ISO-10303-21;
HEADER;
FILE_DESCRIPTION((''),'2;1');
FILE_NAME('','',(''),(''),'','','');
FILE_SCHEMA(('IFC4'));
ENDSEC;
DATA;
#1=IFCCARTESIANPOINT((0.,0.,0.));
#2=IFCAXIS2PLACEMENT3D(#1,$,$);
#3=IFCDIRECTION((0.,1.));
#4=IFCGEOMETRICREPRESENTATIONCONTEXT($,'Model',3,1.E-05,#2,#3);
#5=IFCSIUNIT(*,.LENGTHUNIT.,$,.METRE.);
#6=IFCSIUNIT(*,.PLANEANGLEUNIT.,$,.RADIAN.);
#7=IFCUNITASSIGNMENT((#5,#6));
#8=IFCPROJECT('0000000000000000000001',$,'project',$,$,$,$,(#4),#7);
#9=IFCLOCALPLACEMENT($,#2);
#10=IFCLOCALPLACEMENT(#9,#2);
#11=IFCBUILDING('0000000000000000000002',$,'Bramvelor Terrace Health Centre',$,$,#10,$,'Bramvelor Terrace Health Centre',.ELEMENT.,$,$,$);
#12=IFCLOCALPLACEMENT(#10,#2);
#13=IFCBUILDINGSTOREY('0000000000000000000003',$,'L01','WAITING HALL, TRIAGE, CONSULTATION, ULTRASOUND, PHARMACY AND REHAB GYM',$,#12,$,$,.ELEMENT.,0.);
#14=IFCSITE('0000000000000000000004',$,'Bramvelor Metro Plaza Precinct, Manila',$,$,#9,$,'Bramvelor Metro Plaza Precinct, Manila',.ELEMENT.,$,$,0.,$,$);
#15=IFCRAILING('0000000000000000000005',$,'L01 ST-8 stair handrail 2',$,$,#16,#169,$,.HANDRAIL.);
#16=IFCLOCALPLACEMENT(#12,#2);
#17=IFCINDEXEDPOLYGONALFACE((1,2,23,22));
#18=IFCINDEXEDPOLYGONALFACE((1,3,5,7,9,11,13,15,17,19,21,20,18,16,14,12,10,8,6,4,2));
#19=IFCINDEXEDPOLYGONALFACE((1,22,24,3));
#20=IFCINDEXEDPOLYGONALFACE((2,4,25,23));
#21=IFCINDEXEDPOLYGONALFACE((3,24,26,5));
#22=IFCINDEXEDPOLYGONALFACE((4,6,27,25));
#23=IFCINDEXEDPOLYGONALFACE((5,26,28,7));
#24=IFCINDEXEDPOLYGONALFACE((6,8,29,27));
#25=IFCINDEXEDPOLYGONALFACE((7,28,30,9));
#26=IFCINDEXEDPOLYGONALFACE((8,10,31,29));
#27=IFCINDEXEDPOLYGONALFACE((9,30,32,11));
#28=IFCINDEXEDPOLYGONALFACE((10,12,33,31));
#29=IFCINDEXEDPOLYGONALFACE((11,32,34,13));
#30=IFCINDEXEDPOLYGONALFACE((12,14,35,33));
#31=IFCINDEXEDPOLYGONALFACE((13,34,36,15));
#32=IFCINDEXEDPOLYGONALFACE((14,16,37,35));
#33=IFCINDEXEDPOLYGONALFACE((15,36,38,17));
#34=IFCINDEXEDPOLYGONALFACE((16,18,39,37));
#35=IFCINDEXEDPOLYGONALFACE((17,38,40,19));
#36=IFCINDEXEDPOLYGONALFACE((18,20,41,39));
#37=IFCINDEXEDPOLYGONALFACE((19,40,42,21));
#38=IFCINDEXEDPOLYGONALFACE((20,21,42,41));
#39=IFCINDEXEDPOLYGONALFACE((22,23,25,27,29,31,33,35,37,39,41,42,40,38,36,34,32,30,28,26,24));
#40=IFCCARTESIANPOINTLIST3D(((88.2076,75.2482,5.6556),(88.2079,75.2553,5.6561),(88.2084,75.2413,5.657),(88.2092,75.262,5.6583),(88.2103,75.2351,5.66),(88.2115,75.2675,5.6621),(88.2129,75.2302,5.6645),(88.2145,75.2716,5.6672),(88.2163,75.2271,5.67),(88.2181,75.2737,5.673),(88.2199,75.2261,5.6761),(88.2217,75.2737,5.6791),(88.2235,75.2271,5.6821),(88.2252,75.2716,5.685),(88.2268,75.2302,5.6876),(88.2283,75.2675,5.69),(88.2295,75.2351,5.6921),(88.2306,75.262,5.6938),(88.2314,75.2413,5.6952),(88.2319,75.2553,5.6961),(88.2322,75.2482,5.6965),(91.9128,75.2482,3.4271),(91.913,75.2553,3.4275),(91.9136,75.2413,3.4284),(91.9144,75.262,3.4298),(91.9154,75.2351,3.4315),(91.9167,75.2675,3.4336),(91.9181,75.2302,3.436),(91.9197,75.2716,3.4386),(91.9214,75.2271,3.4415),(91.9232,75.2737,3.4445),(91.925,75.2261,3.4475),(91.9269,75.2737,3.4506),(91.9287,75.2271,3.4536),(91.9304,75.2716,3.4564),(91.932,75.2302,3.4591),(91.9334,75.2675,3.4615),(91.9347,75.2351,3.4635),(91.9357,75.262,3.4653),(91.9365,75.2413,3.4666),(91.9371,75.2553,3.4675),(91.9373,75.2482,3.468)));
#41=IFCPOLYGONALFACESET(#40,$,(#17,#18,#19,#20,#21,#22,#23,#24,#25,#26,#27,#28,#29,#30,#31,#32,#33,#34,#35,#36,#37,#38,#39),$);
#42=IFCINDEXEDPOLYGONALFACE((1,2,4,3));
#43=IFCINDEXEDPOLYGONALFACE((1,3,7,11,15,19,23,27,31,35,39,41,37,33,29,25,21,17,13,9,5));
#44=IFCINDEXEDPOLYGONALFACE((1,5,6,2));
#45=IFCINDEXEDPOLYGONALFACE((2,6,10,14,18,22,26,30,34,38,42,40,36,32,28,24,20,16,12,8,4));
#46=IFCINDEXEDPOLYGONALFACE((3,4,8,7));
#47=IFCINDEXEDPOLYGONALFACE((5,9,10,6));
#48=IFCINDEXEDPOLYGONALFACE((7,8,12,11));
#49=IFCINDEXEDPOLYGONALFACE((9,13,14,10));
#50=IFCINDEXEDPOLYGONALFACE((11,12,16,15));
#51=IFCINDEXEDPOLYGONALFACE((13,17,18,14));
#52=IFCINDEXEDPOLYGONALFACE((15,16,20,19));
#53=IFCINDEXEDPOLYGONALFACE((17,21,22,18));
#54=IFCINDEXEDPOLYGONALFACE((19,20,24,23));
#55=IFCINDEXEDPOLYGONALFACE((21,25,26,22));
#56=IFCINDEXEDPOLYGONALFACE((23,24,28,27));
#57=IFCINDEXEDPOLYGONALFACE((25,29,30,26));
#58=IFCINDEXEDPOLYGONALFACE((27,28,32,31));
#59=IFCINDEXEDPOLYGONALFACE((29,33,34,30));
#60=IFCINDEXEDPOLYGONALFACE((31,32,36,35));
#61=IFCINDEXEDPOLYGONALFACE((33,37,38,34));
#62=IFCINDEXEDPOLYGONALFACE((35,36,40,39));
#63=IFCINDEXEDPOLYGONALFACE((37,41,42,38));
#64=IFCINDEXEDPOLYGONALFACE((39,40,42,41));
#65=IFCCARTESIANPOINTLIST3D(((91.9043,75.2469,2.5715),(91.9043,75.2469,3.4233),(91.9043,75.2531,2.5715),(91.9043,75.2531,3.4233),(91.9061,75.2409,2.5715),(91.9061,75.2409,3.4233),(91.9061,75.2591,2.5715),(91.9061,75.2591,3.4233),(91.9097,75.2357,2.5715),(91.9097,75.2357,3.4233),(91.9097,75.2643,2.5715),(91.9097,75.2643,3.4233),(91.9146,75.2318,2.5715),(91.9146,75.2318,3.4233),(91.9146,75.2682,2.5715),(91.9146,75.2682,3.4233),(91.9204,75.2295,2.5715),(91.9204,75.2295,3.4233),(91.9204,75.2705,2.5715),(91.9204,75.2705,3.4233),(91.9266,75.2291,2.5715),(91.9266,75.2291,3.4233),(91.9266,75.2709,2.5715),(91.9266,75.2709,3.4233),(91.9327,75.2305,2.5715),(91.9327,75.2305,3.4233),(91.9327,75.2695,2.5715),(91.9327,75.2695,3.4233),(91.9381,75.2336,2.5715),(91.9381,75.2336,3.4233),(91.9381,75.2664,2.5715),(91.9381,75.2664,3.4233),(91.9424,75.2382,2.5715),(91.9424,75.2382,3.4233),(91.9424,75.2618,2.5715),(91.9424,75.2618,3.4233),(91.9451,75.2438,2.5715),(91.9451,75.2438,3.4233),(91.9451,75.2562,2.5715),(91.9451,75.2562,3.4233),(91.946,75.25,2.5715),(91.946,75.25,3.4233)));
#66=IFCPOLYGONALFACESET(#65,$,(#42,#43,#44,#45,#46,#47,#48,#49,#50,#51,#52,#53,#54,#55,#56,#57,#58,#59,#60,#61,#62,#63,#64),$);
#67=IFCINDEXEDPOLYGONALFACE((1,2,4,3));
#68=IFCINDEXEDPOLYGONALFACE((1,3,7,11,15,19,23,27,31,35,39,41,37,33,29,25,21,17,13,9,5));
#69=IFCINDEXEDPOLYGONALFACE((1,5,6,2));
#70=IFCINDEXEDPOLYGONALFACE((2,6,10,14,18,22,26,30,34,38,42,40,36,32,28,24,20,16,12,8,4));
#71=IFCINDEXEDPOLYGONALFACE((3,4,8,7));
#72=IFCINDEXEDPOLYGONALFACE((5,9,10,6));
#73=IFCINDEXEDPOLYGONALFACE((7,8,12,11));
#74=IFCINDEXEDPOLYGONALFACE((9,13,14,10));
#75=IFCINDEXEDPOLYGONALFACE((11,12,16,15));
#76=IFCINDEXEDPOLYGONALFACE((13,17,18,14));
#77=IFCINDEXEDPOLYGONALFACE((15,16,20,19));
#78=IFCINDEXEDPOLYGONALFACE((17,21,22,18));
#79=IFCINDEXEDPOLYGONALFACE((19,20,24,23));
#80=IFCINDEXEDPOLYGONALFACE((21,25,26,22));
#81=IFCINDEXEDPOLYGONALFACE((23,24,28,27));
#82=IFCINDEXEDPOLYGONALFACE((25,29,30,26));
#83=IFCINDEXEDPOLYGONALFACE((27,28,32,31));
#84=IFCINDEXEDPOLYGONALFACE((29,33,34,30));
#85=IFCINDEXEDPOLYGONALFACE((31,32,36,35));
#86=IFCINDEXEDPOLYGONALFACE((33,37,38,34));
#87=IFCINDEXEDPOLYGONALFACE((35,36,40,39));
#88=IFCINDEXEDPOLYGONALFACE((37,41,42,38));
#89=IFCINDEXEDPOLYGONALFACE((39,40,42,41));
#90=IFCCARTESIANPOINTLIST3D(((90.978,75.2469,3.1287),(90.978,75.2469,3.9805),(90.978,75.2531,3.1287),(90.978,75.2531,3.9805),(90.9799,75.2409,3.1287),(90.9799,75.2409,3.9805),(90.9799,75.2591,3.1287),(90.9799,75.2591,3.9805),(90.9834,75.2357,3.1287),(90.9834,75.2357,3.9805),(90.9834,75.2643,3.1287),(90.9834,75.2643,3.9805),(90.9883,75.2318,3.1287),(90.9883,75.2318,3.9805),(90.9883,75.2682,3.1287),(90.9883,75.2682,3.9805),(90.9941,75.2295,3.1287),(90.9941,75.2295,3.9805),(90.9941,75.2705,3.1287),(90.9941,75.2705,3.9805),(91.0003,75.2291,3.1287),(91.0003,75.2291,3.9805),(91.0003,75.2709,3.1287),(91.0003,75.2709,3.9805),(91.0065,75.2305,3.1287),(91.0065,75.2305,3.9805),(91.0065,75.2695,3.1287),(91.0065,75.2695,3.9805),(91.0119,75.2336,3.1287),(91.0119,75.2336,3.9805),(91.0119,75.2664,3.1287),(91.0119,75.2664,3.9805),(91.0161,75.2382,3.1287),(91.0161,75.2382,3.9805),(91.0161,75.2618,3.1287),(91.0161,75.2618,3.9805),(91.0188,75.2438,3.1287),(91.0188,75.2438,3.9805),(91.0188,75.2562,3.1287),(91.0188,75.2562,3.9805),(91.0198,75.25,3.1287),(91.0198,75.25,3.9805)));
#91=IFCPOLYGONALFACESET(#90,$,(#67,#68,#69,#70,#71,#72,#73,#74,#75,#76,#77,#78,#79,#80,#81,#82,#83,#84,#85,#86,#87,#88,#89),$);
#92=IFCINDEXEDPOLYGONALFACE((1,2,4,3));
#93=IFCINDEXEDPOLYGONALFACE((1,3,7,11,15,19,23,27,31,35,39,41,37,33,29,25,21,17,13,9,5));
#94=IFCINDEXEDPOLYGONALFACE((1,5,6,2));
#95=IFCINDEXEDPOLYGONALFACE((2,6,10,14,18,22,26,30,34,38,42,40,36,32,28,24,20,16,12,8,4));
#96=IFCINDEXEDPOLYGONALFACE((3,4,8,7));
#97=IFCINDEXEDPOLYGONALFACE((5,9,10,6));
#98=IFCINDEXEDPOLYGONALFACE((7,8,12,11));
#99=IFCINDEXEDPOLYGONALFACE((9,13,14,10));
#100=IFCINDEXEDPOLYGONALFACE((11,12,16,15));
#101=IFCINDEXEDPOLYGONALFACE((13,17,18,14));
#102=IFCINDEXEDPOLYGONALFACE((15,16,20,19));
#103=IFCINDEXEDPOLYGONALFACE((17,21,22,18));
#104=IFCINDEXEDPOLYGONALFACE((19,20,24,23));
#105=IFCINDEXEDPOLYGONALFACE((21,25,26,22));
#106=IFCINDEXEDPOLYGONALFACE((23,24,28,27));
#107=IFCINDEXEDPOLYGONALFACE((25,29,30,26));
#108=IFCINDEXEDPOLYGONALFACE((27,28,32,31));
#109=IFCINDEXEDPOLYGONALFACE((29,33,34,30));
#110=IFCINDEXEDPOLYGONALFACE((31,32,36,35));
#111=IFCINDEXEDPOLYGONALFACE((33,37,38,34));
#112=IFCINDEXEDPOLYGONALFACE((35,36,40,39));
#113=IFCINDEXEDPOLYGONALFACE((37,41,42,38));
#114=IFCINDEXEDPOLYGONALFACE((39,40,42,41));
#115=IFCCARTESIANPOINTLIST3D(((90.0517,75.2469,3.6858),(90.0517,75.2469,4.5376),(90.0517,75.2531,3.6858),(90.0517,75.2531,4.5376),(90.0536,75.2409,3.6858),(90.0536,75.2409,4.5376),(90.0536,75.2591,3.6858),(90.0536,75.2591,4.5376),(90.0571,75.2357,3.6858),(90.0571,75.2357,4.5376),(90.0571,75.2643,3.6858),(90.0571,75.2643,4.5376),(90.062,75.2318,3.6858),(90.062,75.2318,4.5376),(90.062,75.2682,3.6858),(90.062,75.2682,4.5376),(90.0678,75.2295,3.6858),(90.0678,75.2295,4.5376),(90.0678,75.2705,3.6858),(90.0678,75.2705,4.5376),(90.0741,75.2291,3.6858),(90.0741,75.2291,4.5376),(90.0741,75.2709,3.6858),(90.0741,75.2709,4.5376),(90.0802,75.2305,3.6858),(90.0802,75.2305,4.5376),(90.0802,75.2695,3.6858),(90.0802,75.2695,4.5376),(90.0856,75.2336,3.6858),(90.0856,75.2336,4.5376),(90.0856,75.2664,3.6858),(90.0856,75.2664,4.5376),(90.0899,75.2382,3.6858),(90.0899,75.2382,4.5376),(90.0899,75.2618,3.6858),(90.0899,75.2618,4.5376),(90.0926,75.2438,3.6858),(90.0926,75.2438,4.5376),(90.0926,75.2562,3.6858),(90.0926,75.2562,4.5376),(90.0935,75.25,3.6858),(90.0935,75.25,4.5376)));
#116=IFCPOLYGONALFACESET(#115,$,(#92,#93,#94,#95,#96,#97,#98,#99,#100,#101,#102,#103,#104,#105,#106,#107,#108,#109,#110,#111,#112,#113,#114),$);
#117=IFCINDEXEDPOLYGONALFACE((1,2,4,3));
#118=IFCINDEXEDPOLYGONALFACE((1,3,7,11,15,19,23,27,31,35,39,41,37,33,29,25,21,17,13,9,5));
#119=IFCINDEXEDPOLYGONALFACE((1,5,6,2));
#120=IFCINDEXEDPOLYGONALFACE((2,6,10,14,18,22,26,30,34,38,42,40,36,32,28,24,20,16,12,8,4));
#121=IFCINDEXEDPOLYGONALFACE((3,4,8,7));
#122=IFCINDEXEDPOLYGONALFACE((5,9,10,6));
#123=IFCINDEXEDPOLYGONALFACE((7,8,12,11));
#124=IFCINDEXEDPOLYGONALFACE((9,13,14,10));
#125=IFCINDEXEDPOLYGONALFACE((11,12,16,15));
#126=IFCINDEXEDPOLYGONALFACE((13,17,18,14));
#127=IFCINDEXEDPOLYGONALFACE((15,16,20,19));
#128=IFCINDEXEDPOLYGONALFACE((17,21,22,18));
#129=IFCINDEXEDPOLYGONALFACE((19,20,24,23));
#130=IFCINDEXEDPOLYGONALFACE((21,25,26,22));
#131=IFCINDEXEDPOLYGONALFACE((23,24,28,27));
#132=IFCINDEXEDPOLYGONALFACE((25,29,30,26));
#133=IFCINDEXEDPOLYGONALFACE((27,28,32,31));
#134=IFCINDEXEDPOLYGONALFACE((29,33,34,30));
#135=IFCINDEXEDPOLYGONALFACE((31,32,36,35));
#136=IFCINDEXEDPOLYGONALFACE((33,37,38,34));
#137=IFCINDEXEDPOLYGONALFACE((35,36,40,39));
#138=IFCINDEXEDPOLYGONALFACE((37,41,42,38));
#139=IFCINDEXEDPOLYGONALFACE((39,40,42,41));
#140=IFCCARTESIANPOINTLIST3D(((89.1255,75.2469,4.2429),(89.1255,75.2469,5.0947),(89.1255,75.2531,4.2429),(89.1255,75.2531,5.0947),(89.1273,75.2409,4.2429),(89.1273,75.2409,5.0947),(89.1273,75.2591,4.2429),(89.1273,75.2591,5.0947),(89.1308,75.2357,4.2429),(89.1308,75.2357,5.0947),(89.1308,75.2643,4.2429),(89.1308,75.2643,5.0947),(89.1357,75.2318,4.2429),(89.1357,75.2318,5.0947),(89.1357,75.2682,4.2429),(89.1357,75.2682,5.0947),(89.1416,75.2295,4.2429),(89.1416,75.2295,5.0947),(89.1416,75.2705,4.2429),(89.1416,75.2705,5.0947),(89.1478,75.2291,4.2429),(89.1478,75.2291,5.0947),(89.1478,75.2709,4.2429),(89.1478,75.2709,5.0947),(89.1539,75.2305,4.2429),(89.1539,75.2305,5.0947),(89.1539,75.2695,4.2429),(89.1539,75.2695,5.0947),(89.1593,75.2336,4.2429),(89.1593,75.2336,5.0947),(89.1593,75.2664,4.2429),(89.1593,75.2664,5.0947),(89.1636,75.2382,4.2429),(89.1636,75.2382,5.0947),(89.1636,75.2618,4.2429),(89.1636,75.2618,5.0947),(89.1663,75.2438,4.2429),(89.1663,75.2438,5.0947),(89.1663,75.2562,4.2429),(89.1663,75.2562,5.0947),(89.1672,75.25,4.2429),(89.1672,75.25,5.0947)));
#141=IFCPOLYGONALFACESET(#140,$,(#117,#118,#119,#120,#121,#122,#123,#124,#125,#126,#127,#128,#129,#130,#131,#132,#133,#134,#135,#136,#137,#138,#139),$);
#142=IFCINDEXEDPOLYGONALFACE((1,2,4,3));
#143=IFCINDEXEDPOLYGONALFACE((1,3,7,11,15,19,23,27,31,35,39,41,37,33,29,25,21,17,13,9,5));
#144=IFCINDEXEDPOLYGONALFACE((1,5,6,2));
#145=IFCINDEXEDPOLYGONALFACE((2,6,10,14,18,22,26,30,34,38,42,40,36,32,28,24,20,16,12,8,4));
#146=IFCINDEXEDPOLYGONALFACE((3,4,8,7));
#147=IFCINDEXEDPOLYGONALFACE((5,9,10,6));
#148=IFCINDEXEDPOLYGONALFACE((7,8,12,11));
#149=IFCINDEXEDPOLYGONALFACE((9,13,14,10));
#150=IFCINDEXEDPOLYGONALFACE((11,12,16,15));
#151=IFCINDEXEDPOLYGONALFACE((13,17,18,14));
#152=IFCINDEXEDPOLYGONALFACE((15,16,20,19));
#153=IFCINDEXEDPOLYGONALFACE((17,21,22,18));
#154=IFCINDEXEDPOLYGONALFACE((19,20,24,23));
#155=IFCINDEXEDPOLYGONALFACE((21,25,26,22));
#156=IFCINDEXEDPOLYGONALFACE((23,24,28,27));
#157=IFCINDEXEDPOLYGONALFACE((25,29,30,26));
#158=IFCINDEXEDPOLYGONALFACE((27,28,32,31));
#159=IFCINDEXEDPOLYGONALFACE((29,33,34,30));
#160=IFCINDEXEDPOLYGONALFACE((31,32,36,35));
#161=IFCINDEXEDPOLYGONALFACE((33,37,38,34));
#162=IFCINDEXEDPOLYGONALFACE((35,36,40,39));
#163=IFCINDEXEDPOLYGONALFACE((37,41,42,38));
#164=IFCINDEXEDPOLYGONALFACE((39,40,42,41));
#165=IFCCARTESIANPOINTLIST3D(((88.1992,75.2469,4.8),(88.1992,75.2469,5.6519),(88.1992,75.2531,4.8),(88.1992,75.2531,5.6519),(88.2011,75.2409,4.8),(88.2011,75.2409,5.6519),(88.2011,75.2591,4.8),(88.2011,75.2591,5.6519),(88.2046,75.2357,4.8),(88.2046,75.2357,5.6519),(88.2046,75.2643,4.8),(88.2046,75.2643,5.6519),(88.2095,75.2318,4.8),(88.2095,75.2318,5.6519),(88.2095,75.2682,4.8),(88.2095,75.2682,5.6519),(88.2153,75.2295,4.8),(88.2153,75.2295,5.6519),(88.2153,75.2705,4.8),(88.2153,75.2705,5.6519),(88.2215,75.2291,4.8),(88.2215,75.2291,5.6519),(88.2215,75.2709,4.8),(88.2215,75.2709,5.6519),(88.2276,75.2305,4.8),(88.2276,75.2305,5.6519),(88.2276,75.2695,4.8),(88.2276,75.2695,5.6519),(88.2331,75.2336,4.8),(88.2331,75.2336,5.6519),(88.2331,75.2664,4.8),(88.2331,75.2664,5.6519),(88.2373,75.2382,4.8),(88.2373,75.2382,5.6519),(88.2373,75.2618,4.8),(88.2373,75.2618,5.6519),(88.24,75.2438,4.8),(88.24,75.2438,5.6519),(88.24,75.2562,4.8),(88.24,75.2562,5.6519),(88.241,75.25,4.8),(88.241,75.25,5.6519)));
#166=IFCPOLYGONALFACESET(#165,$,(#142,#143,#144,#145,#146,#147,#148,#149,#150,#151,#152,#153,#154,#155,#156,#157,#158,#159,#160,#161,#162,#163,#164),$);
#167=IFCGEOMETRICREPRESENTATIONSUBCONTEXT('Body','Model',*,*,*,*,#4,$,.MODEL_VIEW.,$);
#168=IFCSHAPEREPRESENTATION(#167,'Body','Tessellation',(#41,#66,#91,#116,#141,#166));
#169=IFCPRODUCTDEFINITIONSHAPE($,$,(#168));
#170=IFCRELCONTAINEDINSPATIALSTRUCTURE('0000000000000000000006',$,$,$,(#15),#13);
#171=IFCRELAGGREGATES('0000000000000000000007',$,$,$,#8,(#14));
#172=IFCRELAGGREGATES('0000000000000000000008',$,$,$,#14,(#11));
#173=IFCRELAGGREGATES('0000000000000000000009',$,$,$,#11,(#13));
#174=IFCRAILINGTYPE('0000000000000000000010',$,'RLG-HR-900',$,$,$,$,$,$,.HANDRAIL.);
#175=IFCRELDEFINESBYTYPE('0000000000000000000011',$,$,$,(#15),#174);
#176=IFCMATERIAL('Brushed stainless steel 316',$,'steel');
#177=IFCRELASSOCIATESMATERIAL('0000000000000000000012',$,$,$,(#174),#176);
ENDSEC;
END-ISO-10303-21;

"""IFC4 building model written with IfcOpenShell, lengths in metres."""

from ifc_helpers import new_model, si_unit, direction, frame, origin, origin_2d, place, context, subcontext, project, spatial, circle, extrude, material, type_object, element, save


model = new_model("IFC4")

# Units and contexts
model_context = context("Model", 3, precision=1e-05, world=origin(), true_north=direction((0.0, 1.0)))
body_context = subcontext(model_context, "Body", "Model", "MODEL_VIEW")
ifc_project = project(units=[si_unit("LENGTHUNIT", "METRE"), si_unit("PLANEANGLEUNIT", "RADIAN")], contexts=[model_context])

# Site, building, storey
site_placement = place(None, origin())
site = spatial("IfcSite", under=ifc_project, at=site_placement, Name="Bramvelor Metro Plaza Precinct, Manila", LongName="Bramvelor Metro Plaza Precinct, Manila", CompositionType="ELEMENT", RefElevation=0.0)
building_placement = place(site_placement, origin())
building = spatial("IfcBuilding", under=site, at=building_placement, Name="Bramvelor Terrace Health Centre", LongName="Bramvelor Terrace Health Centre", CompositionType="ELEMENT")
storey_placement = place(building_placement, origin())
storey = spatial("IfcBuildingStorey", under=building, at=storey_placement, Name="L01", Description="WAITING HALL, TRIAGE, CONSULTATION, ULTRASOUND, PHARMACY AND REHAB GYM", CompositionType="ELEMENT", Elevation=0.0)

# Railing
ifc_material_1 = material(Name="Brushed stainless steel 316", Category="steel")
railing_type_1 = type_object("IfcRailingType", Name="RLG-HR-900", PredefinedType="HANDRAIL", material=ifc_material_1)
railing_1_placement = place(storey_placement, frame((91.925, 75.25, 2.5715)))
element("IfcRailing", 1, at=railing_1_placement, inside=storey, type_object=railing_type_1, Name="L01 ST-8 stair handrail 2", PredefinedType="HANDRAIL", context=body_context, shape_type="SweptSolid", body=[
    extrude(circle(Radius=0.0239, at=origin_2d()), frame((0.0, 0.0, 0.876), z_axis=(-0.856934, 0.0, 0.515425), x_axis=(0.0, -1.0, 0.0)), (0.0, 0.0, 1.0), 4.3237),
    extrude(circle(Radius=0.021, at=origin_2d()), origin(), (0.0, 0.0, 1.0), 0.8518),
    extrude(circle(Radius=0.021, at=origin_2d()), frame((-0.9263, 0.0, 0.5571)), (0.0, 0.0, 1.0), 0.8518),
    extrude(circle(Radius=0.021, at=origin_2d()), frame((-1.8525, 0.0, 1.1143)), (0.0, 0.0, 1.0), 0.8518),
    extrude(circle(Radius=0.021, at=origin_2d()), frame((-2.7788, 0.0, 1.6714)), (0.0, 0.0, 1.0), 0.8518),
    extrude(circle(Radius=0.021, at=origin_2d()), frame((-3.7051, 0.0, 2.2285)), (0.0, 0.0, 1.0), 0.8518),
])

save(model, "model.ifc")
